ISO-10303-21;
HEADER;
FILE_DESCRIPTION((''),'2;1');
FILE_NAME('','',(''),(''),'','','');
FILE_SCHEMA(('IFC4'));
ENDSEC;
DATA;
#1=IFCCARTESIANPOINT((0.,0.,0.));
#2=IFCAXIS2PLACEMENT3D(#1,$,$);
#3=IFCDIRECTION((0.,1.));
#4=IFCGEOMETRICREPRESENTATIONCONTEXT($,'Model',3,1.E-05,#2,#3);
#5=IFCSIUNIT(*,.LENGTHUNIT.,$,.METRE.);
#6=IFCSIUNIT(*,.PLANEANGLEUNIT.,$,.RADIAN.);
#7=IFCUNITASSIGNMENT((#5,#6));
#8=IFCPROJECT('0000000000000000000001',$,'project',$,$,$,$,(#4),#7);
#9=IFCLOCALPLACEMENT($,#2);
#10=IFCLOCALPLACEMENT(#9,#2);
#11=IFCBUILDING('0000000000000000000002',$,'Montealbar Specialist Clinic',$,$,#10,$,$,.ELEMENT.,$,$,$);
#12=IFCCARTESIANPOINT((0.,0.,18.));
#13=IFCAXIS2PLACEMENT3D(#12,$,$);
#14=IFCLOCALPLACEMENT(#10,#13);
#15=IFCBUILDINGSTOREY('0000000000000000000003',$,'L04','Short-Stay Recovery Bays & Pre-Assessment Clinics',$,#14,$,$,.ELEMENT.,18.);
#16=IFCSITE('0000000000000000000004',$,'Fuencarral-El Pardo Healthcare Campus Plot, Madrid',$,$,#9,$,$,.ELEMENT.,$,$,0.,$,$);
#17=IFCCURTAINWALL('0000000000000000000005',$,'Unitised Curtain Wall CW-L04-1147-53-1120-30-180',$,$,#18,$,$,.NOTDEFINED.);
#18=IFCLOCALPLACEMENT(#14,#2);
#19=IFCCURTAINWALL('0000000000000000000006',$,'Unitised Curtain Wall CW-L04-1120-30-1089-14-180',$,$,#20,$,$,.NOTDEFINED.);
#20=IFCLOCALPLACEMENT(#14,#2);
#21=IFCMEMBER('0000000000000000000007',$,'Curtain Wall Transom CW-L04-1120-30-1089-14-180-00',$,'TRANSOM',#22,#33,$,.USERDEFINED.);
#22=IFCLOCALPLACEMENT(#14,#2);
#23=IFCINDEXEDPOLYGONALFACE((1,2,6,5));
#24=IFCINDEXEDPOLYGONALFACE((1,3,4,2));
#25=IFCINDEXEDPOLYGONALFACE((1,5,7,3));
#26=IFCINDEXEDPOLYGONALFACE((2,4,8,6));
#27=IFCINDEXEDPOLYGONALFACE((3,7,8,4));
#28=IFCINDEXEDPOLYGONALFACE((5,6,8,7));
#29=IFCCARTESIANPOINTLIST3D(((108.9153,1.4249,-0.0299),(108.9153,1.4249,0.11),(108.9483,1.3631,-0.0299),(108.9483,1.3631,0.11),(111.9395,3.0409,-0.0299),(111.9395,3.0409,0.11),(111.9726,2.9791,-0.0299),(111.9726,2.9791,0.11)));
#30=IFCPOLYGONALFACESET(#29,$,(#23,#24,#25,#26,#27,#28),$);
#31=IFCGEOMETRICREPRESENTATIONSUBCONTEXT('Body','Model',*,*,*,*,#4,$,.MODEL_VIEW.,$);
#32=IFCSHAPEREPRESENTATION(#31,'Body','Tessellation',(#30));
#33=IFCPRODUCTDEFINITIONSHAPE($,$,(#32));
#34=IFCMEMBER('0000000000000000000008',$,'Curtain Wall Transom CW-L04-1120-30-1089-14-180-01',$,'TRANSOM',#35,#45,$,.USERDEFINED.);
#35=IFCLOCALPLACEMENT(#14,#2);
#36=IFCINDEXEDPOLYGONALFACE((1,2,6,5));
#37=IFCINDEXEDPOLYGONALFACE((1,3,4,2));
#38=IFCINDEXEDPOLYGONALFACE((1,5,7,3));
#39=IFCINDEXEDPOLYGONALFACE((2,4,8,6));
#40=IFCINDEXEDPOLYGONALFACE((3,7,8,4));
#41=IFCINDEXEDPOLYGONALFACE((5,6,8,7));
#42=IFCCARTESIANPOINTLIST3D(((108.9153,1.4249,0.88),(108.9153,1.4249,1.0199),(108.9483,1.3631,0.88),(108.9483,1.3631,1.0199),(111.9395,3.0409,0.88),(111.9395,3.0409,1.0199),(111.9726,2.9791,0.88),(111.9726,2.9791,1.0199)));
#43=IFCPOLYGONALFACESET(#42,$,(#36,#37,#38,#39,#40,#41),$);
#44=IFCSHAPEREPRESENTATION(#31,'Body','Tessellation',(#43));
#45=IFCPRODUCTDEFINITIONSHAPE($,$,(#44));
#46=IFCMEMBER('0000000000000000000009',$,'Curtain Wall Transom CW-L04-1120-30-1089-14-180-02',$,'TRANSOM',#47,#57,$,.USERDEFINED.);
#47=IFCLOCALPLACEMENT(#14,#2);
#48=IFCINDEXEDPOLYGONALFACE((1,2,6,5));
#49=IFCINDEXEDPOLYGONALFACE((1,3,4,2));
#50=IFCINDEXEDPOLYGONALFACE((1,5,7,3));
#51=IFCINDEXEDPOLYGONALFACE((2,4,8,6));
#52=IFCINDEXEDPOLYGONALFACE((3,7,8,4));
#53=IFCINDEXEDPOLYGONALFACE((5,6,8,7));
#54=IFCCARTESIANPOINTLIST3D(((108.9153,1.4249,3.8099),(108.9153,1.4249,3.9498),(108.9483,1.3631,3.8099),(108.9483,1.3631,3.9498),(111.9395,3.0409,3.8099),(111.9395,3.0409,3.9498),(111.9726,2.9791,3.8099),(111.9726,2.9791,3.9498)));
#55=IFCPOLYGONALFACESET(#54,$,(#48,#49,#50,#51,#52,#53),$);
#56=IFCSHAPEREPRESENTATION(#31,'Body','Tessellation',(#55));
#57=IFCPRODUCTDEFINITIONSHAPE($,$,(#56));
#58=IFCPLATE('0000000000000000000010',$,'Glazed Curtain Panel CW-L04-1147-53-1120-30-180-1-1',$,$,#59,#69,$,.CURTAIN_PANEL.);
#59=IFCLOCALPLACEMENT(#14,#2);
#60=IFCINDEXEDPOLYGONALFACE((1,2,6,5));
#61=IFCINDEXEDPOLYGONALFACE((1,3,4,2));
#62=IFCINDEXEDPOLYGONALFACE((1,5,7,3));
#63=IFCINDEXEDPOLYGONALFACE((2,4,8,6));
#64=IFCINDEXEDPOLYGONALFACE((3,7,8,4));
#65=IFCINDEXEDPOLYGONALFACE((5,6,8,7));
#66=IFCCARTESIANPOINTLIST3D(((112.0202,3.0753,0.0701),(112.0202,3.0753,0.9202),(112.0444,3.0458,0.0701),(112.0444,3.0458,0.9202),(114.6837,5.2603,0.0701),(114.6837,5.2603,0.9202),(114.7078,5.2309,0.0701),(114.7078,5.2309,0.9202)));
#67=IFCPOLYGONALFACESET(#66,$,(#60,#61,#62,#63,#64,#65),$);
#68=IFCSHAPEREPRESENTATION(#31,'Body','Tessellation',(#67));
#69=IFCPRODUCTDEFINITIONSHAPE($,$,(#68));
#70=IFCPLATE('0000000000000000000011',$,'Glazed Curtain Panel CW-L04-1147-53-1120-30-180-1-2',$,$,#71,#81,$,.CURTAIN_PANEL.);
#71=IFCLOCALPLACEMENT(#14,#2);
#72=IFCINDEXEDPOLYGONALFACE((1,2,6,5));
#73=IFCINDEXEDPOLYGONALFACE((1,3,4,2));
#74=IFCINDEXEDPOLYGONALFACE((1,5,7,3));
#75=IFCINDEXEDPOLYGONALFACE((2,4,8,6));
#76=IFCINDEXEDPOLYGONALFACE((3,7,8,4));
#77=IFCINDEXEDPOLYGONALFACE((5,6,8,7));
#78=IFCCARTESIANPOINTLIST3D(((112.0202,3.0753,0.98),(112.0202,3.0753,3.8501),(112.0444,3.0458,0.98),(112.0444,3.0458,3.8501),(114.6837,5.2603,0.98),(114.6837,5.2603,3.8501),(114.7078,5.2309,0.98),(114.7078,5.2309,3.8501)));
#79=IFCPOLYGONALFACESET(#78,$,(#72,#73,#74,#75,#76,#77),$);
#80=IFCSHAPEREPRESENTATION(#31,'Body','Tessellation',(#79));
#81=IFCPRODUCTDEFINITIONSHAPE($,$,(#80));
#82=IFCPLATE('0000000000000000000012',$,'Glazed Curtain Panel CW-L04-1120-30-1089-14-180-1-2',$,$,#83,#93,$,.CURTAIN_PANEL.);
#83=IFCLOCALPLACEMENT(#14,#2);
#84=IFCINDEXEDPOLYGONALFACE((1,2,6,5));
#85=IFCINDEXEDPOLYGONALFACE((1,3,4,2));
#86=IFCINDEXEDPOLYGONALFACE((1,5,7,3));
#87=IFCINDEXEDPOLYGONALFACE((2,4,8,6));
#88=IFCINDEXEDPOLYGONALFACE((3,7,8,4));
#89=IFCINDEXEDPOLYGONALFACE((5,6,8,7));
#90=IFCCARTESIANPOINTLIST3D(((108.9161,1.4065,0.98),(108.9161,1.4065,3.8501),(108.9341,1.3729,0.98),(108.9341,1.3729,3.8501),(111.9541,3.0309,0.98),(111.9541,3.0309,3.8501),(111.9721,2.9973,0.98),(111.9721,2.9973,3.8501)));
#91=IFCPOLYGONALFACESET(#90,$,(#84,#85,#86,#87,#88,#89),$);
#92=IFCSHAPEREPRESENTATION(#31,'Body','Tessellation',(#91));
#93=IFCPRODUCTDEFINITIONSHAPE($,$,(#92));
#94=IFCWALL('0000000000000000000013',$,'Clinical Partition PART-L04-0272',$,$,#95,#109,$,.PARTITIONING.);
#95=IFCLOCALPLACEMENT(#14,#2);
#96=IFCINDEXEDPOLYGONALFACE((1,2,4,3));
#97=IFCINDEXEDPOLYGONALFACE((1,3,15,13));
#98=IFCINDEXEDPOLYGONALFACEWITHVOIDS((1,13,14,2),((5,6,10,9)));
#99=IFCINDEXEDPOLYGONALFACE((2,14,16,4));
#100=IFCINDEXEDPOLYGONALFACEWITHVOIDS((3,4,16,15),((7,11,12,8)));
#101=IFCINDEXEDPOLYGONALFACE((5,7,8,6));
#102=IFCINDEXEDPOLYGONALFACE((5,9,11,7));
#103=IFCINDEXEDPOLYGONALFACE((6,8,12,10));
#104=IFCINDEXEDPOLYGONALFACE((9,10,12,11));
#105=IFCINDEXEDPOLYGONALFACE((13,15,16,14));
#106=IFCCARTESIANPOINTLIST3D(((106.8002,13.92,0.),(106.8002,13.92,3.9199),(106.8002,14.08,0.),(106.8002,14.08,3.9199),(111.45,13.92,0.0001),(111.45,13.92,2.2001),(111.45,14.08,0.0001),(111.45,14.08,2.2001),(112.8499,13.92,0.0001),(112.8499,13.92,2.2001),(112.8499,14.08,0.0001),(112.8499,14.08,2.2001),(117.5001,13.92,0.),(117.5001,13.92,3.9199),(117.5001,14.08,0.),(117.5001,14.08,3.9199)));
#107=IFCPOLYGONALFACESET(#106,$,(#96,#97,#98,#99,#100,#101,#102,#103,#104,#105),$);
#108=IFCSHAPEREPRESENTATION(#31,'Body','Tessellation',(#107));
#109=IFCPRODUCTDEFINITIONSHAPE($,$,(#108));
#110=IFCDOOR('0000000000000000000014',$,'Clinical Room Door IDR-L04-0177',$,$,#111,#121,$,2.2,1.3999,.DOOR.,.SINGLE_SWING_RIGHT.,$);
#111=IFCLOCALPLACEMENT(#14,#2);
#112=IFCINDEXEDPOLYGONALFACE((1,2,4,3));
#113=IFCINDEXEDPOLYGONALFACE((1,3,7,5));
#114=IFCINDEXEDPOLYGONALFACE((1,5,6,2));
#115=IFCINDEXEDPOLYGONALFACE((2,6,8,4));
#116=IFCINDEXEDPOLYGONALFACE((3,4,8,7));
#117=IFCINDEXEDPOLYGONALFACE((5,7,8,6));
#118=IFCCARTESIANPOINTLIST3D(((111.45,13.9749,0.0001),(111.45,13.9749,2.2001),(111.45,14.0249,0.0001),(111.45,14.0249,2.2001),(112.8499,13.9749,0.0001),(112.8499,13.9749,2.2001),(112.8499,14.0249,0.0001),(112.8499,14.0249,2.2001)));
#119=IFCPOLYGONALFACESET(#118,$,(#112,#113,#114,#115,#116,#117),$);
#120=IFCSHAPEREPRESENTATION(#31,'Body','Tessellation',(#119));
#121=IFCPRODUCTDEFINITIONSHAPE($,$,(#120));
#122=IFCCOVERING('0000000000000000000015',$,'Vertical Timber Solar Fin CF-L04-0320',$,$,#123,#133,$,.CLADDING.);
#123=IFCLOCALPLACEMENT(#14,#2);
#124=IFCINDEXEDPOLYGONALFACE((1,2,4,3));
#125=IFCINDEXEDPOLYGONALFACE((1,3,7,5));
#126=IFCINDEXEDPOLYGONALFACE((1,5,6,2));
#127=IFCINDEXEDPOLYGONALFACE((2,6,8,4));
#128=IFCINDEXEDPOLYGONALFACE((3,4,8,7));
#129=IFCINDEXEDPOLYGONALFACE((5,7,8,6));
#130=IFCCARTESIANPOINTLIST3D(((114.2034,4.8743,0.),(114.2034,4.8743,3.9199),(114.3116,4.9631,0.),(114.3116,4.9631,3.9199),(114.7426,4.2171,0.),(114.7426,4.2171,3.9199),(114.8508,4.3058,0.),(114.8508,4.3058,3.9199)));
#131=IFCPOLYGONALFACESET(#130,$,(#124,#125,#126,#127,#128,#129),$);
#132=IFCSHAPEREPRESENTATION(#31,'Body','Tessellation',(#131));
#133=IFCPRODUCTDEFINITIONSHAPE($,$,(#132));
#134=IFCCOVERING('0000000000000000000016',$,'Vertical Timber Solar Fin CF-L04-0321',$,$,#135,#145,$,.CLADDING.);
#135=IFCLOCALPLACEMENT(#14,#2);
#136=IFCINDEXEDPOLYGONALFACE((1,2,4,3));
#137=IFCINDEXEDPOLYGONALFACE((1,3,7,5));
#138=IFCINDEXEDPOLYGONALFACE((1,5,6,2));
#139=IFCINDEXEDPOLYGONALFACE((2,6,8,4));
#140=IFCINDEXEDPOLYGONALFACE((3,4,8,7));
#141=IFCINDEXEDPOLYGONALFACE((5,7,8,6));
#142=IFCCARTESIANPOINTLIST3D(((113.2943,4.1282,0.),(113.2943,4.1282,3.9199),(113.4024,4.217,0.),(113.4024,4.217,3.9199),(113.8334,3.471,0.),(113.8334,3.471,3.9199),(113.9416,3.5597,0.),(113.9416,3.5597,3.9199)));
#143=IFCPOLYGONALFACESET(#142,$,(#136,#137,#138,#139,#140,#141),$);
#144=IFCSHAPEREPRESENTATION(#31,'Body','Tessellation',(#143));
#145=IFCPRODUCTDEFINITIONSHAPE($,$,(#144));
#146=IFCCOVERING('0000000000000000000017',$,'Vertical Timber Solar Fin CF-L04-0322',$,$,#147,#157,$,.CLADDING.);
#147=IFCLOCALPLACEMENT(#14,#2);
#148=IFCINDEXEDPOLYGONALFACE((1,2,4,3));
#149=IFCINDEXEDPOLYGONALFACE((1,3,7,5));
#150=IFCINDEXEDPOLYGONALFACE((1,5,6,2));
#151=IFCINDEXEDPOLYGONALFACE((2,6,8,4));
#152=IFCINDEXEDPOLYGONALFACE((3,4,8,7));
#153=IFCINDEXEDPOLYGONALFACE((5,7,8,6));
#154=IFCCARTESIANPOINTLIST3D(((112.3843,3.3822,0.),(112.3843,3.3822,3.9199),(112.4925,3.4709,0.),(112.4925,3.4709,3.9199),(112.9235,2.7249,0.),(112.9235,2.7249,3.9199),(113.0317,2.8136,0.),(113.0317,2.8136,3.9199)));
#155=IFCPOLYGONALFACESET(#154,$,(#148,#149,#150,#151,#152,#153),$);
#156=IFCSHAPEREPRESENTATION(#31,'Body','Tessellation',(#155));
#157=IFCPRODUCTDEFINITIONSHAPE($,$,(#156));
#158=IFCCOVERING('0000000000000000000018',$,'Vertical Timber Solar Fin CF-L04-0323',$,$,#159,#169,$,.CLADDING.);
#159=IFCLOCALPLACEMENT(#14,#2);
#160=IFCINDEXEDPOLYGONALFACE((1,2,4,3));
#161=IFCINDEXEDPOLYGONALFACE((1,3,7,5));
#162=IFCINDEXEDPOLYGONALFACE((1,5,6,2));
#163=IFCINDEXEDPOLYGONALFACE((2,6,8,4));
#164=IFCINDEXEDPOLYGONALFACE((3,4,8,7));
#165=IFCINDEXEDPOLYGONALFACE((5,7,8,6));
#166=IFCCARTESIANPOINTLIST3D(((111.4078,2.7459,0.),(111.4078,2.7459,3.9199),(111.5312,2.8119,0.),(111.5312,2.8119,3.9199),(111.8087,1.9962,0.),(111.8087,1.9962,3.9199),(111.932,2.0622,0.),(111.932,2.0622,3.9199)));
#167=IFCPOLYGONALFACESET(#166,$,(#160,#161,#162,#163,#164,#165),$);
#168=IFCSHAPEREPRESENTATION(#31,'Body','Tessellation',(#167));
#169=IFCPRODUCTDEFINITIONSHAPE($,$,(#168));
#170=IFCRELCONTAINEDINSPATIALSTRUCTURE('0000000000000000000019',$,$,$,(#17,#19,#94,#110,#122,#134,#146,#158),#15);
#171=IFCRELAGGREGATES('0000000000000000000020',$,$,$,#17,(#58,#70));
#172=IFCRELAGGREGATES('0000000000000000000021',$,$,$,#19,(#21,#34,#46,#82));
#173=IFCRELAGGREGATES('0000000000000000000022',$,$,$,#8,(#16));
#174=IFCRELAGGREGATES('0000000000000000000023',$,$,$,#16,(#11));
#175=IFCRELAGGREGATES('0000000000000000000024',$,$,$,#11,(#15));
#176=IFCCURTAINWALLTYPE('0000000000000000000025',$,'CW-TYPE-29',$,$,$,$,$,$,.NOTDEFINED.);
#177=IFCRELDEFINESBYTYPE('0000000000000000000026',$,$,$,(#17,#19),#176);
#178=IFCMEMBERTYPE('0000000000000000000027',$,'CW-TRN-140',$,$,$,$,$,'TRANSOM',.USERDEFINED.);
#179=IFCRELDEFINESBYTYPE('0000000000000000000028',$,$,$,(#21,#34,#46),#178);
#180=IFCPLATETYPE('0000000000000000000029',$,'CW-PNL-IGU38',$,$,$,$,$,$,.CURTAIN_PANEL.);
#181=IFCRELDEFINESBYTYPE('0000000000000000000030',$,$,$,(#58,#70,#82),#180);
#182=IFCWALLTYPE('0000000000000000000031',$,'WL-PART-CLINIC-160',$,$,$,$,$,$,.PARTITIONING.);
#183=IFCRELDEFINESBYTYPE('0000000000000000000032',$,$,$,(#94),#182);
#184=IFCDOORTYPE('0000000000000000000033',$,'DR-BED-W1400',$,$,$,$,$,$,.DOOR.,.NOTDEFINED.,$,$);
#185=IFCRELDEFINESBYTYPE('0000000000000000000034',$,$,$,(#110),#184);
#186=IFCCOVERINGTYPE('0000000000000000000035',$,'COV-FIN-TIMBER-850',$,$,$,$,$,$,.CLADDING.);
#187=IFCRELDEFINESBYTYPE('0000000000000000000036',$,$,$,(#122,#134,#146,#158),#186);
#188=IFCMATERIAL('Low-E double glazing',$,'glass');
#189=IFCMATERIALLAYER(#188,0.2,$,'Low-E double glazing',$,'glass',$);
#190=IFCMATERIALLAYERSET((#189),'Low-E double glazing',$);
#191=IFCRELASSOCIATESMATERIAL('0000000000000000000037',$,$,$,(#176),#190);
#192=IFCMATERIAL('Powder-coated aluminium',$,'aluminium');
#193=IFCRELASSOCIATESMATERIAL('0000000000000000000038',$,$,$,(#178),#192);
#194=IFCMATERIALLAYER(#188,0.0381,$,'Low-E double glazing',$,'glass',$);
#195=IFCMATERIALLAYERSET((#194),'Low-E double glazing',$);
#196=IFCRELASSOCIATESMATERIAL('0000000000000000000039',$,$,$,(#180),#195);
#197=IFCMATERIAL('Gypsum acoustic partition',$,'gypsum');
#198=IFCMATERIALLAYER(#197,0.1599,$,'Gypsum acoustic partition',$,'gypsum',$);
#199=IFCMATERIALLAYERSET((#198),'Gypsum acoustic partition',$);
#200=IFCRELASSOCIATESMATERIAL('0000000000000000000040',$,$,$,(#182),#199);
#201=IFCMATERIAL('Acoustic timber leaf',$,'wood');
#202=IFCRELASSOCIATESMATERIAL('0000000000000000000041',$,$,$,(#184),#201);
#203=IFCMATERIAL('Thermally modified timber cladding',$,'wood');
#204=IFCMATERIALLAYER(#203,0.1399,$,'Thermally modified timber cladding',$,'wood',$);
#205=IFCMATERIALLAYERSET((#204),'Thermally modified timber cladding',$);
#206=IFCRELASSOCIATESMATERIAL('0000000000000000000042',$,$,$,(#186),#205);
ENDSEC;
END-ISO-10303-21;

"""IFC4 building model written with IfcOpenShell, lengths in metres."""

from ifc_helpers import new_model, si_unit, direction, frame, frame_2d, origin, origin_2d, place, context, subcontext, project, spatial, rectangle, extrude, material, layer, layer_set, material_profile, profile_set, type_object, element, fill, aggregate, save


model = new_model("IFC4")

# Units and contexts
model_context = context("Model", 3, precision=1e-05, world=origin(), true_north=direction((0.0, 1.0)))
body_context = subcontext(model_context, "Body", "Model", "MODEL_VIEW")
ifc_project = project(units=[si_unit("LENGTHUNIT", "METRE"), si_unit("PLANEANGLEUNIT", "RADIAN")], contexts=[model_context])

# Site, building, storey
site_placement = place(None, origin())
site = spatial("IfcSite", under=ifc_project, at=site_placement, Name="Fuencarral-El Pardo Healthcare Campus Plot, Madrid", CompositionType="ELEMENT", RefElevation=0.0)
building_placement = place(site_placement, origin())
building = spatial("IfcBuilding", under=site, at=building_placement, Name="Montealbar Specialist Clinic", CompositionType="ELEMENT")
storey_placement = place(building_placement, frame((0.0, 0.0, 18.0)))
storey = spatial("IfcBuildingStorey", under=building, at=storey_placement, Name="L04", Description="Short-Stay Recovery Bays & Pre-Assessment Clinics", CompositionType="ELEMENT", Elevation=18.0)

# Shared definitions
ifc_material_1 = material(Name="Low-E double glazing", Category="glass")
ifc_layer_1 = layer(ifc_material_1, 0.2, Name="Low-E double glazing", Category="glass")
ifc_layer_set_1 = layer_set([ifc_layer_1], Name="Low-E double glazing")
curtain_wall_type = type_object("IfcCurtainWallType", Name="CW-TYPE-29", PredefinedType="NOTDEFINED", material=ifc_layer_set_1)

# Curtain wall
curtain_wall_1_placement = place(storey_placement, origin())
curtain_wall_1 = element("IfcCurtainWall", 1, at=curtain_wall_1_placement, inside=storey, type_object=curtain_wall_type, Name="Unitised Curtain Wall CW-L04-1147-53-1120-30-180", PredefinedType="NOTDEFINED")

# Curtain wall
curtain_wall_2_placement = place(storey_placement, origin())
curtain_wall_2 = element("IfcCurtainWall", 2, at=curtain_wall_2_placement, inside=storey, type_object=curtain_wall_type, Name="Unitised Curtain Wall CW-L04-1120-30-1089-14-180", PredefinedType="NOTDEFINED")

# Members
ifc_material_2 = material(Name="Powder-coated aluminium", Category="aluminium")
ifc_material_profile_1 = material_profile(ifc_material_2, rectangle(XDim=0.0701, YDim=0.1399, at=origin_2d()), Name="ALU 70x140", Category="aluminium")
ifc_profile_set_1 = profile_set([ifc_material_profile_1], Name="Powder-coated aluminium")
member_type_1 = type_object("IfcMemberType", Name="CW-TRN-140", ElementType="TRANSOM", PredefinedType="USERDEFINED", material=ifc_profile_set_1)
member_1_placement = place(storey_placement, frame((111.9561, 3.01, 0.04), z_axis=(-0.88198, -0.471287, 0.0), x_axis=(0.471287, -0.88198, 0.0)))
member_1 = element("IfcMember", 3, at=member_1_placement, type_object=member_type_1, Name="Curtain Wall Transom CW-L04-1120-30-1089-14-180-00", ObjectType="TRANSOM", PredefinedType="USERDEFINED", context=body_context, shape_type="SweptSolid", body=[
    extrude(rectangle(XDim=0.0701, YDim=0.1399, at=origin_2d()), origin(), (0.0, 0.0, 1.0), 3.429),
])
member_2_placement = place(storey_placement, frame((111.9561, 3.01, 0.95), z_axis=(-0.88198, -0.471287, 0.0), x_axis=(0.471287, -0.88198, 0.0)))
member_2 = element("IfcMember", 4, at=member_2_placement, type_object=member_type_1, Name="Curtain Wall Transom CW-L04-1120-30-1089-14-180-01", ObjectType="TRANSOM", PredefinedType="USERDEFINED", context=body_context, shape_type="SweptSolid", body=[
    extrude(rectangle(XDim=0.0701, YDim=0.1399, at=origin_2d()), origin(), (0.0, 0.0, 1.0), 3.429),
])
member_3_placement = place(storey_placement, frame((111.9561, 3.01, 3.8799), z_axis=(-0.88198, -0.471287, 0.0), x_axis=(0.471287, -0.88198, 0.0)))
member_3 = element("IfcMember", 5, at=member_3_placement, type_object=member_type_1, Name="Curtain Wall Transom CW-L04-1120-30-1089-14-180-02", ObjectType="TRANSOM", PredefinedType="USERDEFINED", context=body_context, shape_type="SweptSolid", body=[
    extrude(rectangle(XDim=0.0701, YDim=0.1399, at=origin_2d()), origin(), (0.0, 0.0, 1.0), 3.429),
])

# Plates
ifc_layer_2 = layer(ifc_material_1, 0.0381, Name="Low-E double glazing", Category="glass")
ifc_layer_set_2 = layer_set([ifc_layer_2], Name="Low-E double glazing")
plate_type = type_object("IfcPlateType", Name="CW-PNL-IGU38", PredefinedType="CURTAIN_PANEL", material=ifc_layer_set_2)
plate_1_placement = place(storey_placement, frame((113.364, 4.1531, 0.0701), z_axis=(0.0, 0.0, 1.0), x_axis=(-0.773123, -0.634256, 0.0)))
plate_1 = element("IfcPlate", 6, at=plate_1_placement, type_object=plate_type, Name="Glazed Curtain Panel CW-L04-1147-53-1120-30-180-1-1", PredefinedType="CURTAIN_PANEL", context=body_context, shape_type="SweptSolid", body=[
    extrude(rectangle(XDim=3.4451, YDim=0.0381, at=origin_2d()), origin(), (0.0, 0.0, 1.0), 0.8501),
])
plate_2_placement = place(storey_placement, frame((113.364, 4.1531, 0.98), z_axis=(0.0, 0.0, 1.0), x_axis=(-0.773123, -0.634256, 0.0)))
plate_2 = element("IfcPlate", 7, at=plate_2_placement, type_object=plate_type, Name="Glazed Curtain Panel CW-L04-1147-53-1120-30-180-1-2", PredefinedType="CURTAIN_PANEL", context=body_context, shape_type="SweptSolid", body=[
    extrude(rectangle(XDim=3.4451, YDim=0.0381, at=origin_2d()), origin(), (0.0, 0.0, 1.0), 2.8701),
])
aggregate(curtain_wall_1, [plate_1, plate_2])
plate_3_placement = place(storey_placement, frame((110.4441, 2.2019, 0.98), z_axis=(0.0, 0.0, 1.0), x_axis=(-0.88185, -0.471529, 0.0)))
plate_3 = element("IfcPlate", 8, at=plate_3_placement, type_object=plate_type, Name="Glazed Curtain Panel CW-L04-1120-30-1089-14-180-1-2", PredefinedType="CURTAIN_PANEL", context=body_context, shape_type="SweptSolid", body=[
    extrude(rectangle(XDim=3.4451, YDim=0.0381, at=origin_2d()), origin(), (0.0, 0.0, 1.0), 2.8701),
])
aggregate(curtain_wall_2, [member_1, member_2, member_3, plate_3])

# Wall, opening, door
ifc_material_3 = material(Name="Gypsum acoustic partition", Category="gypsum")
ifc_layer_3 = layer(ifc_material_3, 0.1599, Name="Gypsum acoustic partition", Category="gypsum")
ifc_layer_set_3 = layer_set([ifc_layer_3], Name="Gypsum acoustic partition")
wall_type = type_object("IfcWallType", Name="WL-PART-CLINIC-160", PredefinedType="PARTITIONING", material=ifc_layer_set_3)
wall_placement = place(storey_placement, frame((106.8, 14.0, 0.0), z_axis=(0.0, 0.0, 1.0), x_axis=(1.0, 0.0, 0.0)))
wall = element("IfcWall", 9, at=wall_placement, inside=storey, type_object=wall_type, Name="Clinical Partition PART-L04-0272", PredefinedType="PARTITIONING", context=body_context, shape_type="SweptSolid", body=[
    extrude(rectangle(XDim=10.7, YDim=0.1599, at=frame_2d((5.3501, 0.0))), origin(), (0.0, 0.0, 1.0), 3.9199),
])
opening_placement = place(wall_placement, frame((4.6499, 0.0, 0.0)))
opening = element("IfcOpeningElement", 10, at=opening_placement, cuts=wall, PredefinedType="OPENING", context=body_context, shape_type="SweptSolid", body=[
    extrude(rectangle(XDim=1.3999, YDim=2.2, at=frame_2d((0.7, 1.1001))), frame((0.0, 0.0898, 0.0), z_axis=(0.0, -1.0, 0.0), x_axis=(1.0, 0.0, 0.0)), (0.0, 0.0, 1.0), 0.1799),
])
ifc_material_4 = material(Name="Acoustic timber leaf", Category="wood")
door_type = type_object("IfcDoorType", Name="DR-BED-W1400", OperationType="NOTDEFINED", PredefinedType="DOOR", material=ifc_material_4)
door_placement = place(opening_placement, origin())
door = element("IfcDoor", 11, at=door_placement, inside=storey, type_object=door_type, Name="Clinical Room Door IDR-L04-0177", OperationType="SINGLE_SWING_RIGHT", OverallHeight=2.2, OverallWidth=1.3999, PredefinedType="DOOR", context=body_context, shape_type="SweptSolid", body=[
    extrude(rectangle(XDim=1.3999, YDim=2.2, at=frame_2d((0.7, 1.1001))), frame((0.0, 0.0249, 0.0), z_axis=(0.0, -1.0, 0.0), x_axis=(1.0, 0.0, 0.0)), (0.0, 0.0, 1.0), 0.05),
])
fill(opening, door)

# Coverings
ifc_material_5 = material(Name="Thermally modified timber cladding", Category="wood")
ifc_layer_4 = layer(ifc_material_5, 0.1399, Name="Thermally modified timber cladding", Category="wood")
ifc_layer_set_4 = layer_set([ifc_layer_4], Name="Thermally modified timber cladding")
covering_type = type_object("IfcCoveringType", Name="COV-FIN-TIMBER-850", PredefinedType="CLADDING", material=ifc_layer_set_4)
for number, where, z_axis, x_axis, name in (
    (12, (114.5271, 4.5901, 0.0), (0.0, 0.0, 1.0), (0.634256, -0.773123, 0.0), "Vertical Timber Solar Fin CF-L04-0320"),
    (13, (113.6179, 3.844, 0.0), (0.0, 0.0, 1.0), (0.634256, -0.773123, 0.0), "Vertical Timber Solar Fin CF-L04-0321"),
    (14, (112.708, 3.0979, 0.0), (0.0, 0.0, 1.0), (0.634256, -0.773123, 0.0), "Vertical Timber Solar Fin CF-L04-0322"),
    (15, (111.6699, 2.4041, 0.0), (0.0, 0.0, 1.0), (0.471529, -0.88185, 0.0), "Vertical Timber Solar Fin CF-L04-0323"),
):
    element("IfcCovering", number, at=place(storey_placement, frame(where, z_axis=z_axis, x_axis=x_axis)), inside=storey, type_object=covering_type, Name=name, PredefinedType="CLADDING", context=body_context, shape_type="SweptSolid", body=[
        extrude(rectangle(XDim=0.8501, YDim=0.1399, at=origin_2d()), origin(), (0.0, 0.0, 1.0), 3.9199),
    ])

save(model, "model.ifc")
